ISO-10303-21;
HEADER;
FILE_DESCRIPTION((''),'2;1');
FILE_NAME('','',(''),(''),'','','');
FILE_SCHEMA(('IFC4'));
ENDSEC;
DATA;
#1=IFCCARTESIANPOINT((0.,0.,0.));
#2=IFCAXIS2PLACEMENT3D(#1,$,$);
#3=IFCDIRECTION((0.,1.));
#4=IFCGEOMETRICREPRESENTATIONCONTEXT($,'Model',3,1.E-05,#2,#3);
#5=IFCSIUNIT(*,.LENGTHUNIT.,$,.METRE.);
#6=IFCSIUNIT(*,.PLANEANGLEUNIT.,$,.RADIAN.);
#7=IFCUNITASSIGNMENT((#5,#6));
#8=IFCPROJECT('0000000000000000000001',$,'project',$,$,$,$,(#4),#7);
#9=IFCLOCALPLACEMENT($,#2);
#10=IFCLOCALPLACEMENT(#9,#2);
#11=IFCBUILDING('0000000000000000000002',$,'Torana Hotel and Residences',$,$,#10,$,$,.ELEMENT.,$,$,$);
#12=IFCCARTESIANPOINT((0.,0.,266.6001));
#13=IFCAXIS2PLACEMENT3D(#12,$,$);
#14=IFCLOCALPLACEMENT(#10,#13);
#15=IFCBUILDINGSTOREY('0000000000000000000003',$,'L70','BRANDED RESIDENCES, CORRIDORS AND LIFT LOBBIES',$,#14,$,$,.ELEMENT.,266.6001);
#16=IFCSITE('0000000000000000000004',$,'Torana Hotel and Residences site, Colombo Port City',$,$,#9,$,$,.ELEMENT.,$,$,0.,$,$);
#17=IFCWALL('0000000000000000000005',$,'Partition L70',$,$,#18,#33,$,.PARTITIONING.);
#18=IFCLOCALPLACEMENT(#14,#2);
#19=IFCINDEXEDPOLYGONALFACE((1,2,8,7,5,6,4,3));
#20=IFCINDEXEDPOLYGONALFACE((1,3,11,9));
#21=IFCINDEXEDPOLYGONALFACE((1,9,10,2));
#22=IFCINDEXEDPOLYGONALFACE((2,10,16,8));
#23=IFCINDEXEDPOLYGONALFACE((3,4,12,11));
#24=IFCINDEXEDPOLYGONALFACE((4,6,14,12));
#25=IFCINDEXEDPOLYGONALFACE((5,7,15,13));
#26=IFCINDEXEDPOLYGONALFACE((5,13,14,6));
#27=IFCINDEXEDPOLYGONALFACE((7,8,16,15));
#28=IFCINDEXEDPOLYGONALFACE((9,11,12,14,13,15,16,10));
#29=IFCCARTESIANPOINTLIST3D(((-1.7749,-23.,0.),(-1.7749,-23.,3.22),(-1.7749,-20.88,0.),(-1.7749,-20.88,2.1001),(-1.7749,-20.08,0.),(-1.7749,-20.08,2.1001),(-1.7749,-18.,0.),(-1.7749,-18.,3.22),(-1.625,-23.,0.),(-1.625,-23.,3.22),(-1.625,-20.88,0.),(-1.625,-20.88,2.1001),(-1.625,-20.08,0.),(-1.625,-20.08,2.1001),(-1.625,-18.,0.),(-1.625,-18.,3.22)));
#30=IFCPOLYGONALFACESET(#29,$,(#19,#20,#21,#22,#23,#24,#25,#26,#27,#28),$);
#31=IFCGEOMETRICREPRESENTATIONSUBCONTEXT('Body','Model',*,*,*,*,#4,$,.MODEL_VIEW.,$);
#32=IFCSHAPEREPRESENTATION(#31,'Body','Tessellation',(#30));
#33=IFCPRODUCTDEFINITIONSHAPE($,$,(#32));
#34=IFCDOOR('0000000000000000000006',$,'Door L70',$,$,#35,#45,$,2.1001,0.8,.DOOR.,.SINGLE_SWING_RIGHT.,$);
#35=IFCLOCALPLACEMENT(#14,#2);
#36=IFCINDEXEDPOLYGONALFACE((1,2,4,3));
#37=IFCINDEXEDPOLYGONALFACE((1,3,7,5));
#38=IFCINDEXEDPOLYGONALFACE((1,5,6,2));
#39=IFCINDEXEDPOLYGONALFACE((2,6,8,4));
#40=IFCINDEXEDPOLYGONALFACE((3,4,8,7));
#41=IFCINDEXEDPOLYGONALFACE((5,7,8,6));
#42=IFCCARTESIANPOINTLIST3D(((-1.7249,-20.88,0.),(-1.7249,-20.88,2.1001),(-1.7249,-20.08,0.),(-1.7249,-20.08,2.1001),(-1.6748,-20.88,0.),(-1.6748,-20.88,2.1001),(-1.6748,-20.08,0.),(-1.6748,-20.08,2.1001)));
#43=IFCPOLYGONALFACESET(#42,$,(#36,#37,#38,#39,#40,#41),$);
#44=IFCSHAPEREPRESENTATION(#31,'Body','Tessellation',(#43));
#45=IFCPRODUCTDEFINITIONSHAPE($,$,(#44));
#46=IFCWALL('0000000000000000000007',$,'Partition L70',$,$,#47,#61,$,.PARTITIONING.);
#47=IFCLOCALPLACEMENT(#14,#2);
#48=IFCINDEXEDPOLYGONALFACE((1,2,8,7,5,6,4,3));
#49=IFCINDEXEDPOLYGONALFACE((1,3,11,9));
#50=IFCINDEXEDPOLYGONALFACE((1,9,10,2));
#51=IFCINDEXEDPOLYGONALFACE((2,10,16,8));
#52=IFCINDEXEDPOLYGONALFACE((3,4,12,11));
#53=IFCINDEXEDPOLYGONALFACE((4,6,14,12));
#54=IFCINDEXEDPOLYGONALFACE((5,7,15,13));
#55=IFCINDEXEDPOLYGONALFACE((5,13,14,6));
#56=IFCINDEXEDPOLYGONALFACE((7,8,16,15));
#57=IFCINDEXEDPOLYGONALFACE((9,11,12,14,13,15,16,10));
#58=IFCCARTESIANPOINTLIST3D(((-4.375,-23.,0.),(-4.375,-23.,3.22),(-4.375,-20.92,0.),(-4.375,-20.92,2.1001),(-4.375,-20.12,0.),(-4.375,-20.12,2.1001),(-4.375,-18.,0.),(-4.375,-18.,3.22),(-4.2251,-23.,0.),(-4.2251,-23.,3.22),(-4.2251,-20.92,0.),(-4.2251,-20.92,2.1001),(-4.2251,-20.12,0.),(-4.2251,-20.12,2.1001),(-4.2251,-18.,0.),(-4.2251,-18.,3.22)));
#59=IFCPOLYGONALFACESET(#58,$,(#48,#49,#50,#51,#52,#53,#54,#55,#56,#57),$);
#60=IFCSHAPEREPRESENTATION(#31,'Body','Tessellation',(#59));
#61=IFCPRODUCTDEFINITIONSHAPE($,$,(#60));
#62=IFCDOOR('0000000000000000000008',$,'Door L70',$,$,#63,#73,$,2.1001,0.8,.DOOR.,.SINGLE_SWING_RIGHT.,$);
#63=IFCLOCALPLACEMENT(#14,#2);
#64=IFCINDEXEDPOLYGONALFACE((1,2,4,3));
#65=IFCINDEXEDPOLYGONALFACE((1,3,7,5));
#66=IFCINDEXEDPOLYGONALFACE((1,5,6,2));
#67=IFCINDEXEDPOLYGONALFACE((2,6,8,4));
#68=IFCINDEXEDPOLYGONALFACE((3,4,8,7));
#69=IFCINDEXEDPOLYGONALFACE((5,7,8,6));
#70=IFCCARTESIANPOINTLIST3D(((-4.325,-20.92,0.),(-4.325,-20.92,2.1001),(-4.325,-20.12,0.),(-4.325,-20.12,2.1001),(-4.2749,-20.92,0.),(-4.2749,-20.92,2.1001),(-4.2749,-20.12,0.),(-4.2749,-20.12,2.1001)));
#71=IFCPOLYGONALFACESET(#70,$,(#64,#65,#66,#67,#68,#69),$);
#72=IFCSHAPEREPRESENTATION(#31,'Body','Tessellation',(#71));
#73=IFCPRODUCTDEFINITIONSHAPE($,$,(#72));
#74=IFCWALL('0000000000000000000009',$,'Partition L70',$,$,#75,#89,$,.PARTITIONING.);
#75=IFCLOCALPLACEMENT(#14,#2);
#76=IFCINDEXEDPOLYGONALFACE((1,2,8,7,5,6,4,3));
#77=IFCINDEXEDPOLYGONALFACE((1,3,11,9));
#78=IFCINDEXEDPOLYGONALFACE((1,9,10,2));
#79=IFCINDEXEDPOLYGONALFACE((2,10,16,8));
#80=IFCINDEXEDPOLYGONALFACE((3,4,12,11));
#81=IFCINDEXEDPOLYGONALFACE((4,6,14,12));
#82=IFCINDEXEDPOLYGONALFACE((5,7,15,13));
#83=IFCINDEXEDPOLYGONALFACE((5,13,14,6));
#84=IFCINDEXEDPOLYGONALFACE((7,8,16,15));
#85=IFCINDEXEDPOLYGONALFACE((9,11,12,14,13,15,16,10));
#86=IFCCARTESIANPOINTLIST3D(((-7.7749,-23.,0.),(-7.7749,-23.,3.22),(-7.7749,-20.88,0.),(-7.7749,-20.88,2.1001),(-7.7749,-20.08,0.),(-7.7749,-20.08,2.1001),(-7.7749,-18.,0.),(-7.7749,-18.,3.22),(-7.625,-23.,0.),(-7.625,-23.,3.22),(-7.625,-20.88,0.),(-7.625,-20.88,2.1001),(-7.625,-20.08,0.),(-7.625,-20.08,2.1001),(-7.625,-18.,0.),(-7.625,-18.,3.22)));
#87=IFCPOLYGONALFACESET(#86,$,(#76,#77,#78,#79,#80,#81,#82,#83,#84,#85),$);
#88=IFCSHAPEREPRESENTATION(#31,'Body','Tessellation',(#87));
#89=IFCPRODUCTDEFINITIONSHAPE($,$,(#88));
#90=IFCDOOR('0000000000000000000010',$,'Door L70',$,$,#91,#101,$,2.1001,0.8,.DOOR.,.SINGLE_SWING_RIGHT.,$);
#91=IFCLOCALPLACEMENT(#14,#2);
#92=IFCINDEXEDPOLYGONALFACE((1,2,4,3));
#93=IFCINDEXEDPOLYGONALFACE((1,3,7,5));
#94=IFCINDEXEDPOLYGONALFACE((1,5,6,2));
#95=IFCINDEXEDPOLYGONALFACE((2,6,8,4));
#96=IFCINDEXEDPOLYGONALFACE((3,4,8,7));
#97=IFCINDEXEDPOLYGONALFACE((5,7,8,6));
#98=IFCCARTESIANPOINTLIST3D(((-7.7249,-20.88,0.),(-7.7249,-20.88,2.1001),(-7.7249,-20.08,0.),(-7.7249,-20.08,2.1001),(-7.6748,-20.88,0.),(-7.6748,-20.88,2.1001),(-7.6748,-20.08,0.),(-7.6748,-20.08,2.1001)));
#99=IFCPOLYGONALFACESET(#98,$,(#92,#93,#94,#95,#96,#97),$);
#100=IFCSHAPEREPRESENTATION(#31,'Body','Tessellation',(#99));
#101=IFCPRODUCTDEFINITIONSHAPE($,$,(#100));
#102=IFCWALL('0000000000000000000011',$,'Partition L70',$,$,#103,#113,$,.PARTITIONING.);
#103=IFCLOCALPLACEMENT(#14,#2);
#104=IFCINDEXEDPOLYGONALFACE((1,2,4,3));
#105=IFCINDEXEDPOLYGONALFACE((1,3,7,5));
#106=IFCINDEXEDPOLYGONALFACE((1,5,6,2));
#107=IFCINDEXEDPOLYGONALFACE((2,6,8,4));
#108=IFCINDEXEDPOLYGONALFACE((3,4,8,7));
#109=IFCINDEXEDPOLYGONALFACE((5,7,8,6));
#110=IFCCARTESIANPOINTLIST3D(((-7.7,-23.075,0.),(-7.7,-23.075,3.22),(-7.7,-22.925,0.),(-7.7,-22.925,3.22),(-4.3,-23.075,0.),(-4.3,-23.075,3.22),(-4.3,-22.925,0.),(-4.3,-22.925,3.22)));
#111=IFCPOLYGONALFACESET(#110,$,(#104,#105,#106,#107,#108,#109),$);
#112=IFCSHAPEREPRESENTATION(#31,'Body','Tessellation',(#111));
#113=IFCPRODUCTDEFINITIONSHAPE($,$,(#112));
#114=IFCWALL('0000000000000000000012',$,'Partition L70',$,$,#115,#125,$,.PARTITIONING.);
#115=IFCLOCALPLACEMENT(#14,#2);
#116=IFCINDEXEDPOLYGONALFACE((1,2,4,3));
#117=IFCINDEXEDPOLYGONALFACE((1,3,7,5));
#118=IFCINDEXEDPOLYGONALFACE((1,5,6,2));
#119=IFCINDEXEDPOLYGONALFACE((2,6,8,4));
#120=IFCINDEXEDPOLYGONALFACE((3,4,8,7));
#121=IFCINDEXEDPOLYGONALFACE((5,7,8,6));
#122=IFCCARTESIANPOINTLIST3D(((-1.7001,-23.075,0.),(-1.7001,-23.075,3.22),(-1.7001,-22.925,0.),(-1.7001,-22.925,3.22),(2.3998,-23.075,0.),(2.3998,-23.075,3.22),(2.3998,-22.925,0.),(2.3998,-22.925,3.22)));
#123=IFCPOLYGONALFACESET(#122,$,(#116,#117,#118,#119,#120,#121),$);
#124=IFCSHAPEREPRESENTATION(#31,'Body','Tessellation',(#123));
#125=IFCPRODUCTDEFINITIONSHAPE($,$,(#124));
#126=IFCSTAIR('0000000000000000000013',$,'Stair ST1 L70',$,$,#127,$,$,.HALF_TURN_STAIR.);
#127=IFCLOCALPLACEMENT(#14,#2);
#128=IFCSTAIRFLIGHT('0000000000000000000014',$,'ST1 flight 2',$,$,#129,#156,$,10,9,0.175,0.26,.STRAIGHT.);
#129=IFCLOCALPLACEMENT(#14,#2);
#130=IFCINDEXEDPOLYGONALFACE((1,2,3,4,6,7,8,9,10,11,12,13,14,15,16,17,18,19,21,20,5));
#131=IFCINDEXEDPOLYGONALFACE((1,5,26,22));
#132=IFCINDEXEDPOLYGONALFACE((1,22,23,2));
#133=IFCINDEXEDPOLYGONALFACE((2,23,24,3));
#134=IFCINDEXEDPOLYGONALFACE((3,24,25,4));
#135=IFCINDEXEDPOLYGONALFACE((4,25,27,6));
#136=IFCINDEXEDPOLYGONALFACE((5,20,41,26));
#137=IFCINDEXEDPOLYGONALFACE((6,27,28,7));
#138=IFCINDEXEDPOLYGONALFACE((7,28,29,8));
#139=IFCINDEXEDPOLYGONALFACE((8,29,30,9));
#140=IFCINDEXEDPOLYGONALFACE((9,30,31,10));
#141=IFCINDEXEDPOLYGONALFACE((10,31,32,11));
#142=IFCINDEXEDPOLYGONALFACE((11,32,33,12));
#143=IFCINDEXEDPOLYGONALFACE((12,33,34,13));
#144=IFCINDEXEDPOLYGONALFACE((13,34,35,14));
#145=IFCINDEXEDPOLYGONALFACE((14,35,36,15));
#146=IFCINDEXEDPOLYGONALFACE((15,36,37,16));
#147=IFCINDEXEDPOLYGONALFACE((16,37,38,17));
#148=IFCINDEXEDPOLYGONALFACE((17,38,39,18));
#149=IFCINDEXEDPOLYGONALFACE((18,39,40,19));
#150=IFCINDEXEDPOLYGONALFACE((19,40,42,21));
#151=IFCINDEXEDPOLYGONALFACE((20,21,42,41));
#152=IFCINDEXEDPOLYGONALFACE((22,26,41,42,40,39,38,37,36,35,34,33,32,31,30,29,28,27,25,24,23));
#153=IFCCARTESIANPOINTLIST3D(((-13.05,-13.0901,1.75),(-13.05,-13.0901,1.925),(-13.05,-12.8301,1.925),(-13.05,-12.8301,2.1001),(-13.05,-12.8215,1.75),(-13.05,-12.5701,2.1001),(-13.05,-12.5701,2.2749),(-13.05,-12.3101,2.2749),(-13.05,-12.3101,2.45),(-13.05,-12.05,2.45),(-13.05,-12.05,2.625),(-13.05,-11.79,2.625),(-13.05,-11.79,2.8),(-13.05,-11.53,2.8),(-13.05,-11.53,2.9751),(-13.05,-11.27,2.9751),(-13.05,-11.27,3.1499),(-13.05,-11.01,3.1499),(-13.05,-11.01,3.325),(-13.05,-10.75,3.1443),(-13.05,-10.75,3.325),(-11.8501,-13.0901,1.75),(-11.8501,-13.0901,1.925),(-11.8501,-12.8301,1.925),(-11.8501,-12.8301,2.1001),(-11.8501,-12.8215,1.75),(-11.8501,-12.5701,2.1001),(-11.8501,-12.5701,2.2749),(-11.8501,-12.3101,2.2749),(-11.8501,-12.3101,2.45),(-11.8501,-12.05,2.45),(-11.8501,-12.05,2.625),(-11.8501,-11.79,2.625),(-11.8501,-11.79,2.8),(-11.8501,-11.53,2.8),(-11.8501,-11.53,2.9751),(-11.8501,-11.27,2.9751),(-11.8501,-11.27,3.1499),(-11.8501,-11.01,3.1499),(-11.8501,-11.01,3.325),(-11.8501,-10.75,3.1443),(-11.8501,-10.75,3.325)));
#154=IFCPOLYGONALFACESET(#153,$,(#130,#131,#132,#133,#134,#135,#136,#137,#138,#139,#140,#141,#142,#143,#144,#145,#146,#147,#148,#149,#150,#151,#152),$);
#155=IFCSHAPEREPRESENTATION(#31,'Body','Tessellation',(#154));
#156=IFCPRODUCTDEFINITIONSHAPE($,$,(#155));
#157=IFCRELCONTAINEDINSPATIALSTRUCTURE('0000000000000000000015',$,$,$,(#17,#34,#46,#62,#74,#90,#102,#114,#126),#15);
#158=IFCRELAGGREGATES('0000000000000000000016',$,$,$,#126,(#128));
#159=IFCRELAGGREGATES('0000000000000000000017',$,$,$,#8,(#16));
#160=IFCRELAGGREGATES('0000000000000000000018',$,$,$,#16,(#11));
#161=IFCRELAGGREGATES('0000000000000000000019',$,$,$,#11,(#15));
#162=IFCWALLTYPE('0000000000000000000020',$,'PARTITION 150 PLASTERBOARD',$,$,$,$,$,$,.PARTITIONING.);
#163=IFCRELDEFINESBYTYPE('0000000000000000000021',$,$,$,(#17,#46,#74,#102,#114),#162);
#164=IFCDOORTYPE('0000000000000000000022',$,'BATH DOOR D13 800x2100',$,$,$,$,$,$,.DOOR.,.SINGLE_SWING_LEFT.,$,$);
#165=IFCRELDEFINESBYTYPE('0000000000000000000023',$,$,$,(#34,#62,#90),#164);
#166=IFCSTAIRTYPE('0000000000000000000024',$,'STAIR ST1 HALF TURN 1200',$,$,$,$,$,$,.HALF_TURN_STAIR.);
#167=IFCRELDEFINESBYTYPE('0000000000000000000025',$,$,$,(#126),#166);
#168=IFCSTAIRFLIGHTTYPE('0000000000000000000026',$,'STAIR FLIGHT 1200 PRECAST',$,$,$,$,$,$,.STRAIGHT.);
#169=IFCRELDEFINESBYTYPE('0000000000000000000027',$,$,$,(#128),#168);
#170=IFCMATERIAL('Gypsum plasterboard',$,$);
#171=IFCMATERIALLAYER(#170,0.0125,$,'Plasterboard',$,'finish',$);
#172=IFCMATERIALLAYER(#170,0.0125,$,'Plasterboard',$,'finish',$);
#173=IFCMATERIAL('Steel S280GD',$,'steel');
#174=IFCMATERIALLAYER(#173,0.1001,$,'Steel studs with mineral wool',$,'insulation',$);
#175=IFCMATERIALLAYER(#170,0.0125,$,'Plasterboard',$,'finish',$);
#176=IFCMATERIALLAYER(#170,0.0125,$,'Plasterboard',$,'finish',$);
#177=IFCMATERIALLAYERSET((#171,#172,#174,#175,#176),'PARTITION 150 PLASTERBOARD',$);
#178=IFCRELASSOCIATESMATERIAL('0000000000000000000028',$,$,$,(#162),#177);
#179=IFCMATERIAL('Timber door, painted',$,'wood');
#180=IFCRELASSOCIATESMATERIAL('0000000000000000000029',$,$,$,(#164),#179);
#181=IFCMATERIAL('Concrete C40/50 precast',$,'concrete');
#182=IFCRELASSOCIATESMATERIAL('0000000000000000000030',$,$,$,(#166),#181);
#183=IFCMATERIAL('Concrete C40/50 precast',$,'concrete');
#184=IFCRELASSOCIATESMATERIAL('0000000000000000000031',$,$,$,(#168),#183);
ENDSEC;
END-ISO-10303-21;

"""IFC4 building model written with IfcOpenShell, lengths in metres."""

from ifc_helpers import new_model, si_unit, direction, frame, frame_2d, origin, place, context, subcontext, project, spatial, polyline, rectangle, outline, extrude, material, layer, layer_set, type_object, element, fill, aggregate, save


model = new_model("IFC4")

# Units and contexts
model_context = context("Model", 3, precision=1e-05, world=origin(), true_north=direction((0.0, 1.0)))
body_context = subcontext(model_context, "Body", "Model", "MODEL_VIEW")
ifc_project = project(units=[si_unit("LENGTHUNIT", "METRE"), si_unit("PLANEANGLEUNIT", "RADIAN")], contexts=[model_context])

# Site, building, storey
site_placement = place(None, origin())
site = spatial("IfcSite", under=ifc_project, at=site_placement, Name="Torana Hotel and Residences site, Colombo Port City", CompositionType="ELEMENT", RefElevation=0.0)
building_placement = place(site_placement, origin())
building = spatial("IfcBuilding", under=site, at=building_placement, Name="Torana Hotel and Residences", CompositionType="ELEMENT")
storey_placement = place(building_placement, frame((0.0, 0.0, 266.6001)))
storey = spatial("IfcBuildingStorey", under=building, at=storey_placement, Name="L70", Description="BRANDED RESIDENCES, CORRIDORS AND LIFT LOBBIES", CompositionType="ELEMENT", Elevation=266.6001)

# Walls, openings, doors
ifc_material_1 = material(Name="Gypsum plasterboard")
ifc_layer_1 = layer(ifc_material_1, 0.0125, Name="Plasterboard", Category="finish")
ifc_layer_2 = layer(ifc_material_1, 0.0125, Name="Plasterboard", Category="finish")
ifc_material_2 = material(Name="Steel S280GD", Category="steel")
ifc_layer_3 = layer(ifc_material_2, 0.1001, Name="Steel studs with mineral wool", Category="insulation")
ifc_layer_4 = layer(ifc_material_1, 0.0125, Name="Plasterboard", Category="finish")
ifc_layer_5 = layer(ifc_material_1, 0.0125, Name="Plasterboard", Category="finish")
ifc_layer_set_1 = layer_set([ifc_layer_1, ifc_layer_2, ifc_layer_3, ifc_layer_4, ifc_layer_5], Name="PARTITION 150 PLASTERBOARD")
wall_type_1 = type_object("IfcWallType", Name="PARTITION 150 PLASTERBOARD", PredefinedType="PARTITIONING", material=ifc_layer_set_1)
wall_1_placement = place(storey_placement, frame((-1.7, -23.0, 0.0), z_axis=(0.0, 0.0, 1.0), x_axis=(0.0, 1.0, 0.0)))
wall_1 = element("IfcWall", 1, at=wall_1_placement, inside=storey, type_object=wall_type_1, Name="Partition L70", PredefinedType="PARTITIONING", context=body_context, shape_type="SweptSolid", body=[
    extrude(rectangle(XDim=5.0, YDim=0.1499, at=frame_2d((2.5, 0.0))), origin(), (0.0, 0.0, 1.0), 3.22),
])
opening_1_placement = place(wall_1_placement, frame((2.1201, 0.0, 0.0)))
opening_1 = element("IfcOpeningElement", 2, at=opening_1_placement, cuts=wall_1, PredefinedType="OPENING", context=body_context, shape_type="SweptSolid", body=[
    extrude(rectangle(XDim=0.8, YDim=2.1001, at=frame_2d((0.3999, 1.05))), frame((0.0, 0.085, 0.0), z_axis=(0.0, -1.0, 0.0), x_axis=(1.0, 0.0, 0.0)), (0.0, 0.0, 1.0), 0.1699),
])
ifc_material_3 = material(Name="Timber door, painted", Category="wood")
door_type_1 = type_object("IfcDoorType", Name="BATH DOOR D13 800x2100", OperationType="SINGLE_SWING_LEFT", PredefinedType="DOOR", material=ifc_material_3)
door_1_placement = place(opening_1_placement, origin())
door_1 = element("IfcDoor", 3, at=door_1_placement, inside=storey, type_object=door_type_1, Name="Door L70", OperationType="SINGLE_SWING_RIGHT", OverallHeight=2.1001, OverallWidth=0.8, PredefinedType="DOOR", context=body_context, shape_type="SweptSolid", body=[
    extrude(rectangle(XDim=0.8, YDim=2.1001, at=frame_2d((0.3999, 1.05))), frame((0.0, 0.0249, 0.0), z_axis=(0.0, -1.0, 0.0), x_axis=(1.0, 0.0, 0.0)), (0.0, 0.0, 1.0), 0.05),
])
fill(opening_1, door_1)
wall_2_placement = place(storey_placement, frame((-4.3, -23.0, 0.0), z_axis=(0.0, 0.0, 1.0), x_axis=(0.0, 1.0, 0.0)))
wall_2 = element("IfcWall", 4, at=wall_2_placement, inside=storey, type_object=wall_type_1, Name="Partition L70", PredefinedType="PARTITIONING", context=body_context, shape_type="SweptSolid", body=[
    extrude(rectangle(XDim=5.0, YDim=0.1499, at=frame_2d((2.5, 0.0))), origin(), (0.0, 0.0, 1.0), 3.22),
])
opening_2_placement = place(wall_2_placement, frame((2.0801, 0.0, 0.0)))
opening_2 = element("IfcOpeningElement", 5, at=opening_2_placement, cuts=wall_2, PredefinedType="OPENING", context=body_context, shape_type="SweptSolid", body=[
    extrude(rectangle(XDim=0.8, YDim=2.1001, at=frame_2d((0.3999, 1.05))), frame((0.0, 0.085, 0.0), z_axis=(0.0, -1.0, 0.0), x_axis=(1.0, 0.0, 0.0)), (0.0, 0.0, 1.0), 0.1699),
])
door_2_placement = place(opening_2_placement, origin())
door_2 = element("IfcDoor", 6, at=door_2_placement, inside=storey, type_object=door_type_1, Name="Door L70", OperationType="SINGLE_SWING_RIGHT", OverallHeight=2.1001, OverallWidth=0.8, PredefinedType="DOOR", context=body_context, shape_type="SweptSolid", body=[
    extrude(rectangle(XDim=0.8, YDim=2.1001, at=frame_2d((0.3999, 1.05))), frame((0.0, 0.0249, 0.0), z_axis=(0.0, -1.0, 0.0), x_axis=(1.0, 0.0, 0.0)), (0.0, 0.0, 1.0), 0.05),
])
fill(opening_2, door_2)
wall_3_placement = place(storey_placement, frame((-7.7, -23.0, 0.0), z_axis=(0.0, 0.0, 1.0), x_axis=(0.0, 1.0, 0.0)))
wall_3 = element("IfcWall", 7, at=wall_3_placement, inside=storey, type_object=wall_type_1, Name="Partition L70", PredefinedType="PARTITIONING", context=body_context, shape_type="SweptSolid", body=[
    extrude(rectangle(XDim=5.0, YDim=0.1499, at=frame_2d((2.5, 0.0))), origin(), (0.0, 0.0, 1.0), 3.22),
])
opening_3_placement = place(wall_3_placement, frame((2.1201, 0.0, 0.0)))
opening_3 = element("IfcOpeningElement", 8, at=opening_3_placement, cuts=wall_3, PredefinedType="OPENING", context=body_context, shape_type="SweptSolid", body=[
    extrude(rectangle(XDim=0.8, YDim=2.1001, at=frame_2d((0.3999, 1.05))), frame((0.0, 0.085, 0.0), z_axis=(0.0, -1.0, 0.0), x_axis=(1.0, 0.0, 0.0)), (0.0, 0.0, 1.0), 0.1699),
])
door_3_placement = place(opening_3_placement, origin())
door_3 = element("IfcDoor", 9, at=door_3_placement, inside=storey, type_object=door_type_1, Name="Door L70", OperationType="SINGLE_SWING_RIGHT", OverallHeight=2.1001, OverallWidth=0.8, PredefinedType="DOOR", context=body_context, shape_type="SweptSolid", body=[
    extrude(rectangle(XDim=0.8, YDim=2.1001, at=frame_2d((0.3999, 1.05))), frame((0.0, 0.0249, 0.0), z_axis=(0.0, -1.0, 0.0), x_axis=(1.0, 0.0, 0.0)), (0.0, 0.0, 1.0), 0.05),
])
fill(opening_3, door_3)

# Walls
wall_4_placement = place(storey_placement, frame((-7.7, -23.0, 0.0), z_axis=(0.0, 0.0, 1.0), x_axis=(1.0, 0.0, 0.0)))
element("IfcWall", 10, at=wall_4_placement, inside=storey, type_object=wall_type_1, Name="Partition L70", PredefinedType="PARTITIONING", context=body_context, shape_type="SweptSolid", body=[
    extrude(rectangle(XDim=3.3999, YDim=0.1499, at=frame_2d((1.7, 0.0))), origin(), (0.0, 0.0, 1.0), 3.22),
])
wall_5_placement = place(storey_placement, frame((-1.7, -23.0, 0.0), z_axis=(0.0, 0.0, 1.0), x_axis=(1.0, 0.0, 0.0)))
element("IfcWall", 11, at=wall_5_placement, inside=storey, type_object=wall_type_1, Name="Partition L70", PredefinedType="PARTITIONING", context=body_context, shape_type="SweptSolid", body=[
    extrude(rectangle(XDim=4.0999, YDim=0.1499, at=frame_2d((2.0498, 0.0))), origin(), (0.0, 0.0, 1.0), 3.22),
])

# Stair, stair flight
ifc_material_4 = material(Name="Concrete C40/50 precast", Category="concrete")
stair_type = type_object("IfcStairType", Name="STAIR ST1 HALF TURN 1200", PredefinedType="HALF_TURN_STAIR", material=ifc_material_4)
stair_placement = place(storey_placement, origin())
stair = element("IfcStair", 12, at=stair_placement, inside=storey, type_object=stair_type, Name="Stair ST1 L70", PredefinedType="HALF_TURN_STAIR")
ifc_material_5 = material(Name="Concrete C40/50 precast", Category="concrete")
stair_flight_type = type_object("IfcStairFlightType", Name="STAIR FLIGHT 1200 PRECAST", PredefinedType="STRAIGHT", material=ifc_material_5)
stair_flight_placement = place(storey_placement, frame((-12.45, -13.0901, 1.75), z_axis=(0.0, 0.0, 1.0), x_axis=(0.0, 1.0, 0.0)))
stair_flight = element("IfcStairFlight", 13, at=stair_flight_placement, type_object=stair_flight_type, Name="ST1 flight 2", NumberOfRisers=10, NumberOfTreads=9, PredefinedType="STRAIGHT", RiserHeight=0.175, TreadLength=0.26, context=body_context, shape_type="SweptSolid", body=[
    extrude(outline(polyline([(0.0, 0.0), (0.0, 0.175), (0.26, 0.175), (0.26, 0.3501), (0.52, 0.3501), (0.52, 0.5249), (0.78, 0.5249), (0.78, 0.7), (1.04, 0.7), (1.04, 0.875), (1.3, 0.875), (1.3, 1.05), (1.5601, 1.05), (1.5601, 1.2251), (1.8201, 1.2251), (1.8201, 1.3999), (2.0801, 1.3999), (2.0801, 1.575), (2.3401, 1.575), (2.3401, 1.75), (2.3401, 1.3943), (0.2686, 0.0), (0.0, 0.0)])), frame((0.0, 0.6001, 0.0), z_axis=(0.0, -1.0, 0.0), x_axis=(1.0, 0.0, 0.0)), (0.0, 0.0, 1.0), 1.2),
])
aggregate(stair, [stair_flight])

save(model, "model.ifc")
